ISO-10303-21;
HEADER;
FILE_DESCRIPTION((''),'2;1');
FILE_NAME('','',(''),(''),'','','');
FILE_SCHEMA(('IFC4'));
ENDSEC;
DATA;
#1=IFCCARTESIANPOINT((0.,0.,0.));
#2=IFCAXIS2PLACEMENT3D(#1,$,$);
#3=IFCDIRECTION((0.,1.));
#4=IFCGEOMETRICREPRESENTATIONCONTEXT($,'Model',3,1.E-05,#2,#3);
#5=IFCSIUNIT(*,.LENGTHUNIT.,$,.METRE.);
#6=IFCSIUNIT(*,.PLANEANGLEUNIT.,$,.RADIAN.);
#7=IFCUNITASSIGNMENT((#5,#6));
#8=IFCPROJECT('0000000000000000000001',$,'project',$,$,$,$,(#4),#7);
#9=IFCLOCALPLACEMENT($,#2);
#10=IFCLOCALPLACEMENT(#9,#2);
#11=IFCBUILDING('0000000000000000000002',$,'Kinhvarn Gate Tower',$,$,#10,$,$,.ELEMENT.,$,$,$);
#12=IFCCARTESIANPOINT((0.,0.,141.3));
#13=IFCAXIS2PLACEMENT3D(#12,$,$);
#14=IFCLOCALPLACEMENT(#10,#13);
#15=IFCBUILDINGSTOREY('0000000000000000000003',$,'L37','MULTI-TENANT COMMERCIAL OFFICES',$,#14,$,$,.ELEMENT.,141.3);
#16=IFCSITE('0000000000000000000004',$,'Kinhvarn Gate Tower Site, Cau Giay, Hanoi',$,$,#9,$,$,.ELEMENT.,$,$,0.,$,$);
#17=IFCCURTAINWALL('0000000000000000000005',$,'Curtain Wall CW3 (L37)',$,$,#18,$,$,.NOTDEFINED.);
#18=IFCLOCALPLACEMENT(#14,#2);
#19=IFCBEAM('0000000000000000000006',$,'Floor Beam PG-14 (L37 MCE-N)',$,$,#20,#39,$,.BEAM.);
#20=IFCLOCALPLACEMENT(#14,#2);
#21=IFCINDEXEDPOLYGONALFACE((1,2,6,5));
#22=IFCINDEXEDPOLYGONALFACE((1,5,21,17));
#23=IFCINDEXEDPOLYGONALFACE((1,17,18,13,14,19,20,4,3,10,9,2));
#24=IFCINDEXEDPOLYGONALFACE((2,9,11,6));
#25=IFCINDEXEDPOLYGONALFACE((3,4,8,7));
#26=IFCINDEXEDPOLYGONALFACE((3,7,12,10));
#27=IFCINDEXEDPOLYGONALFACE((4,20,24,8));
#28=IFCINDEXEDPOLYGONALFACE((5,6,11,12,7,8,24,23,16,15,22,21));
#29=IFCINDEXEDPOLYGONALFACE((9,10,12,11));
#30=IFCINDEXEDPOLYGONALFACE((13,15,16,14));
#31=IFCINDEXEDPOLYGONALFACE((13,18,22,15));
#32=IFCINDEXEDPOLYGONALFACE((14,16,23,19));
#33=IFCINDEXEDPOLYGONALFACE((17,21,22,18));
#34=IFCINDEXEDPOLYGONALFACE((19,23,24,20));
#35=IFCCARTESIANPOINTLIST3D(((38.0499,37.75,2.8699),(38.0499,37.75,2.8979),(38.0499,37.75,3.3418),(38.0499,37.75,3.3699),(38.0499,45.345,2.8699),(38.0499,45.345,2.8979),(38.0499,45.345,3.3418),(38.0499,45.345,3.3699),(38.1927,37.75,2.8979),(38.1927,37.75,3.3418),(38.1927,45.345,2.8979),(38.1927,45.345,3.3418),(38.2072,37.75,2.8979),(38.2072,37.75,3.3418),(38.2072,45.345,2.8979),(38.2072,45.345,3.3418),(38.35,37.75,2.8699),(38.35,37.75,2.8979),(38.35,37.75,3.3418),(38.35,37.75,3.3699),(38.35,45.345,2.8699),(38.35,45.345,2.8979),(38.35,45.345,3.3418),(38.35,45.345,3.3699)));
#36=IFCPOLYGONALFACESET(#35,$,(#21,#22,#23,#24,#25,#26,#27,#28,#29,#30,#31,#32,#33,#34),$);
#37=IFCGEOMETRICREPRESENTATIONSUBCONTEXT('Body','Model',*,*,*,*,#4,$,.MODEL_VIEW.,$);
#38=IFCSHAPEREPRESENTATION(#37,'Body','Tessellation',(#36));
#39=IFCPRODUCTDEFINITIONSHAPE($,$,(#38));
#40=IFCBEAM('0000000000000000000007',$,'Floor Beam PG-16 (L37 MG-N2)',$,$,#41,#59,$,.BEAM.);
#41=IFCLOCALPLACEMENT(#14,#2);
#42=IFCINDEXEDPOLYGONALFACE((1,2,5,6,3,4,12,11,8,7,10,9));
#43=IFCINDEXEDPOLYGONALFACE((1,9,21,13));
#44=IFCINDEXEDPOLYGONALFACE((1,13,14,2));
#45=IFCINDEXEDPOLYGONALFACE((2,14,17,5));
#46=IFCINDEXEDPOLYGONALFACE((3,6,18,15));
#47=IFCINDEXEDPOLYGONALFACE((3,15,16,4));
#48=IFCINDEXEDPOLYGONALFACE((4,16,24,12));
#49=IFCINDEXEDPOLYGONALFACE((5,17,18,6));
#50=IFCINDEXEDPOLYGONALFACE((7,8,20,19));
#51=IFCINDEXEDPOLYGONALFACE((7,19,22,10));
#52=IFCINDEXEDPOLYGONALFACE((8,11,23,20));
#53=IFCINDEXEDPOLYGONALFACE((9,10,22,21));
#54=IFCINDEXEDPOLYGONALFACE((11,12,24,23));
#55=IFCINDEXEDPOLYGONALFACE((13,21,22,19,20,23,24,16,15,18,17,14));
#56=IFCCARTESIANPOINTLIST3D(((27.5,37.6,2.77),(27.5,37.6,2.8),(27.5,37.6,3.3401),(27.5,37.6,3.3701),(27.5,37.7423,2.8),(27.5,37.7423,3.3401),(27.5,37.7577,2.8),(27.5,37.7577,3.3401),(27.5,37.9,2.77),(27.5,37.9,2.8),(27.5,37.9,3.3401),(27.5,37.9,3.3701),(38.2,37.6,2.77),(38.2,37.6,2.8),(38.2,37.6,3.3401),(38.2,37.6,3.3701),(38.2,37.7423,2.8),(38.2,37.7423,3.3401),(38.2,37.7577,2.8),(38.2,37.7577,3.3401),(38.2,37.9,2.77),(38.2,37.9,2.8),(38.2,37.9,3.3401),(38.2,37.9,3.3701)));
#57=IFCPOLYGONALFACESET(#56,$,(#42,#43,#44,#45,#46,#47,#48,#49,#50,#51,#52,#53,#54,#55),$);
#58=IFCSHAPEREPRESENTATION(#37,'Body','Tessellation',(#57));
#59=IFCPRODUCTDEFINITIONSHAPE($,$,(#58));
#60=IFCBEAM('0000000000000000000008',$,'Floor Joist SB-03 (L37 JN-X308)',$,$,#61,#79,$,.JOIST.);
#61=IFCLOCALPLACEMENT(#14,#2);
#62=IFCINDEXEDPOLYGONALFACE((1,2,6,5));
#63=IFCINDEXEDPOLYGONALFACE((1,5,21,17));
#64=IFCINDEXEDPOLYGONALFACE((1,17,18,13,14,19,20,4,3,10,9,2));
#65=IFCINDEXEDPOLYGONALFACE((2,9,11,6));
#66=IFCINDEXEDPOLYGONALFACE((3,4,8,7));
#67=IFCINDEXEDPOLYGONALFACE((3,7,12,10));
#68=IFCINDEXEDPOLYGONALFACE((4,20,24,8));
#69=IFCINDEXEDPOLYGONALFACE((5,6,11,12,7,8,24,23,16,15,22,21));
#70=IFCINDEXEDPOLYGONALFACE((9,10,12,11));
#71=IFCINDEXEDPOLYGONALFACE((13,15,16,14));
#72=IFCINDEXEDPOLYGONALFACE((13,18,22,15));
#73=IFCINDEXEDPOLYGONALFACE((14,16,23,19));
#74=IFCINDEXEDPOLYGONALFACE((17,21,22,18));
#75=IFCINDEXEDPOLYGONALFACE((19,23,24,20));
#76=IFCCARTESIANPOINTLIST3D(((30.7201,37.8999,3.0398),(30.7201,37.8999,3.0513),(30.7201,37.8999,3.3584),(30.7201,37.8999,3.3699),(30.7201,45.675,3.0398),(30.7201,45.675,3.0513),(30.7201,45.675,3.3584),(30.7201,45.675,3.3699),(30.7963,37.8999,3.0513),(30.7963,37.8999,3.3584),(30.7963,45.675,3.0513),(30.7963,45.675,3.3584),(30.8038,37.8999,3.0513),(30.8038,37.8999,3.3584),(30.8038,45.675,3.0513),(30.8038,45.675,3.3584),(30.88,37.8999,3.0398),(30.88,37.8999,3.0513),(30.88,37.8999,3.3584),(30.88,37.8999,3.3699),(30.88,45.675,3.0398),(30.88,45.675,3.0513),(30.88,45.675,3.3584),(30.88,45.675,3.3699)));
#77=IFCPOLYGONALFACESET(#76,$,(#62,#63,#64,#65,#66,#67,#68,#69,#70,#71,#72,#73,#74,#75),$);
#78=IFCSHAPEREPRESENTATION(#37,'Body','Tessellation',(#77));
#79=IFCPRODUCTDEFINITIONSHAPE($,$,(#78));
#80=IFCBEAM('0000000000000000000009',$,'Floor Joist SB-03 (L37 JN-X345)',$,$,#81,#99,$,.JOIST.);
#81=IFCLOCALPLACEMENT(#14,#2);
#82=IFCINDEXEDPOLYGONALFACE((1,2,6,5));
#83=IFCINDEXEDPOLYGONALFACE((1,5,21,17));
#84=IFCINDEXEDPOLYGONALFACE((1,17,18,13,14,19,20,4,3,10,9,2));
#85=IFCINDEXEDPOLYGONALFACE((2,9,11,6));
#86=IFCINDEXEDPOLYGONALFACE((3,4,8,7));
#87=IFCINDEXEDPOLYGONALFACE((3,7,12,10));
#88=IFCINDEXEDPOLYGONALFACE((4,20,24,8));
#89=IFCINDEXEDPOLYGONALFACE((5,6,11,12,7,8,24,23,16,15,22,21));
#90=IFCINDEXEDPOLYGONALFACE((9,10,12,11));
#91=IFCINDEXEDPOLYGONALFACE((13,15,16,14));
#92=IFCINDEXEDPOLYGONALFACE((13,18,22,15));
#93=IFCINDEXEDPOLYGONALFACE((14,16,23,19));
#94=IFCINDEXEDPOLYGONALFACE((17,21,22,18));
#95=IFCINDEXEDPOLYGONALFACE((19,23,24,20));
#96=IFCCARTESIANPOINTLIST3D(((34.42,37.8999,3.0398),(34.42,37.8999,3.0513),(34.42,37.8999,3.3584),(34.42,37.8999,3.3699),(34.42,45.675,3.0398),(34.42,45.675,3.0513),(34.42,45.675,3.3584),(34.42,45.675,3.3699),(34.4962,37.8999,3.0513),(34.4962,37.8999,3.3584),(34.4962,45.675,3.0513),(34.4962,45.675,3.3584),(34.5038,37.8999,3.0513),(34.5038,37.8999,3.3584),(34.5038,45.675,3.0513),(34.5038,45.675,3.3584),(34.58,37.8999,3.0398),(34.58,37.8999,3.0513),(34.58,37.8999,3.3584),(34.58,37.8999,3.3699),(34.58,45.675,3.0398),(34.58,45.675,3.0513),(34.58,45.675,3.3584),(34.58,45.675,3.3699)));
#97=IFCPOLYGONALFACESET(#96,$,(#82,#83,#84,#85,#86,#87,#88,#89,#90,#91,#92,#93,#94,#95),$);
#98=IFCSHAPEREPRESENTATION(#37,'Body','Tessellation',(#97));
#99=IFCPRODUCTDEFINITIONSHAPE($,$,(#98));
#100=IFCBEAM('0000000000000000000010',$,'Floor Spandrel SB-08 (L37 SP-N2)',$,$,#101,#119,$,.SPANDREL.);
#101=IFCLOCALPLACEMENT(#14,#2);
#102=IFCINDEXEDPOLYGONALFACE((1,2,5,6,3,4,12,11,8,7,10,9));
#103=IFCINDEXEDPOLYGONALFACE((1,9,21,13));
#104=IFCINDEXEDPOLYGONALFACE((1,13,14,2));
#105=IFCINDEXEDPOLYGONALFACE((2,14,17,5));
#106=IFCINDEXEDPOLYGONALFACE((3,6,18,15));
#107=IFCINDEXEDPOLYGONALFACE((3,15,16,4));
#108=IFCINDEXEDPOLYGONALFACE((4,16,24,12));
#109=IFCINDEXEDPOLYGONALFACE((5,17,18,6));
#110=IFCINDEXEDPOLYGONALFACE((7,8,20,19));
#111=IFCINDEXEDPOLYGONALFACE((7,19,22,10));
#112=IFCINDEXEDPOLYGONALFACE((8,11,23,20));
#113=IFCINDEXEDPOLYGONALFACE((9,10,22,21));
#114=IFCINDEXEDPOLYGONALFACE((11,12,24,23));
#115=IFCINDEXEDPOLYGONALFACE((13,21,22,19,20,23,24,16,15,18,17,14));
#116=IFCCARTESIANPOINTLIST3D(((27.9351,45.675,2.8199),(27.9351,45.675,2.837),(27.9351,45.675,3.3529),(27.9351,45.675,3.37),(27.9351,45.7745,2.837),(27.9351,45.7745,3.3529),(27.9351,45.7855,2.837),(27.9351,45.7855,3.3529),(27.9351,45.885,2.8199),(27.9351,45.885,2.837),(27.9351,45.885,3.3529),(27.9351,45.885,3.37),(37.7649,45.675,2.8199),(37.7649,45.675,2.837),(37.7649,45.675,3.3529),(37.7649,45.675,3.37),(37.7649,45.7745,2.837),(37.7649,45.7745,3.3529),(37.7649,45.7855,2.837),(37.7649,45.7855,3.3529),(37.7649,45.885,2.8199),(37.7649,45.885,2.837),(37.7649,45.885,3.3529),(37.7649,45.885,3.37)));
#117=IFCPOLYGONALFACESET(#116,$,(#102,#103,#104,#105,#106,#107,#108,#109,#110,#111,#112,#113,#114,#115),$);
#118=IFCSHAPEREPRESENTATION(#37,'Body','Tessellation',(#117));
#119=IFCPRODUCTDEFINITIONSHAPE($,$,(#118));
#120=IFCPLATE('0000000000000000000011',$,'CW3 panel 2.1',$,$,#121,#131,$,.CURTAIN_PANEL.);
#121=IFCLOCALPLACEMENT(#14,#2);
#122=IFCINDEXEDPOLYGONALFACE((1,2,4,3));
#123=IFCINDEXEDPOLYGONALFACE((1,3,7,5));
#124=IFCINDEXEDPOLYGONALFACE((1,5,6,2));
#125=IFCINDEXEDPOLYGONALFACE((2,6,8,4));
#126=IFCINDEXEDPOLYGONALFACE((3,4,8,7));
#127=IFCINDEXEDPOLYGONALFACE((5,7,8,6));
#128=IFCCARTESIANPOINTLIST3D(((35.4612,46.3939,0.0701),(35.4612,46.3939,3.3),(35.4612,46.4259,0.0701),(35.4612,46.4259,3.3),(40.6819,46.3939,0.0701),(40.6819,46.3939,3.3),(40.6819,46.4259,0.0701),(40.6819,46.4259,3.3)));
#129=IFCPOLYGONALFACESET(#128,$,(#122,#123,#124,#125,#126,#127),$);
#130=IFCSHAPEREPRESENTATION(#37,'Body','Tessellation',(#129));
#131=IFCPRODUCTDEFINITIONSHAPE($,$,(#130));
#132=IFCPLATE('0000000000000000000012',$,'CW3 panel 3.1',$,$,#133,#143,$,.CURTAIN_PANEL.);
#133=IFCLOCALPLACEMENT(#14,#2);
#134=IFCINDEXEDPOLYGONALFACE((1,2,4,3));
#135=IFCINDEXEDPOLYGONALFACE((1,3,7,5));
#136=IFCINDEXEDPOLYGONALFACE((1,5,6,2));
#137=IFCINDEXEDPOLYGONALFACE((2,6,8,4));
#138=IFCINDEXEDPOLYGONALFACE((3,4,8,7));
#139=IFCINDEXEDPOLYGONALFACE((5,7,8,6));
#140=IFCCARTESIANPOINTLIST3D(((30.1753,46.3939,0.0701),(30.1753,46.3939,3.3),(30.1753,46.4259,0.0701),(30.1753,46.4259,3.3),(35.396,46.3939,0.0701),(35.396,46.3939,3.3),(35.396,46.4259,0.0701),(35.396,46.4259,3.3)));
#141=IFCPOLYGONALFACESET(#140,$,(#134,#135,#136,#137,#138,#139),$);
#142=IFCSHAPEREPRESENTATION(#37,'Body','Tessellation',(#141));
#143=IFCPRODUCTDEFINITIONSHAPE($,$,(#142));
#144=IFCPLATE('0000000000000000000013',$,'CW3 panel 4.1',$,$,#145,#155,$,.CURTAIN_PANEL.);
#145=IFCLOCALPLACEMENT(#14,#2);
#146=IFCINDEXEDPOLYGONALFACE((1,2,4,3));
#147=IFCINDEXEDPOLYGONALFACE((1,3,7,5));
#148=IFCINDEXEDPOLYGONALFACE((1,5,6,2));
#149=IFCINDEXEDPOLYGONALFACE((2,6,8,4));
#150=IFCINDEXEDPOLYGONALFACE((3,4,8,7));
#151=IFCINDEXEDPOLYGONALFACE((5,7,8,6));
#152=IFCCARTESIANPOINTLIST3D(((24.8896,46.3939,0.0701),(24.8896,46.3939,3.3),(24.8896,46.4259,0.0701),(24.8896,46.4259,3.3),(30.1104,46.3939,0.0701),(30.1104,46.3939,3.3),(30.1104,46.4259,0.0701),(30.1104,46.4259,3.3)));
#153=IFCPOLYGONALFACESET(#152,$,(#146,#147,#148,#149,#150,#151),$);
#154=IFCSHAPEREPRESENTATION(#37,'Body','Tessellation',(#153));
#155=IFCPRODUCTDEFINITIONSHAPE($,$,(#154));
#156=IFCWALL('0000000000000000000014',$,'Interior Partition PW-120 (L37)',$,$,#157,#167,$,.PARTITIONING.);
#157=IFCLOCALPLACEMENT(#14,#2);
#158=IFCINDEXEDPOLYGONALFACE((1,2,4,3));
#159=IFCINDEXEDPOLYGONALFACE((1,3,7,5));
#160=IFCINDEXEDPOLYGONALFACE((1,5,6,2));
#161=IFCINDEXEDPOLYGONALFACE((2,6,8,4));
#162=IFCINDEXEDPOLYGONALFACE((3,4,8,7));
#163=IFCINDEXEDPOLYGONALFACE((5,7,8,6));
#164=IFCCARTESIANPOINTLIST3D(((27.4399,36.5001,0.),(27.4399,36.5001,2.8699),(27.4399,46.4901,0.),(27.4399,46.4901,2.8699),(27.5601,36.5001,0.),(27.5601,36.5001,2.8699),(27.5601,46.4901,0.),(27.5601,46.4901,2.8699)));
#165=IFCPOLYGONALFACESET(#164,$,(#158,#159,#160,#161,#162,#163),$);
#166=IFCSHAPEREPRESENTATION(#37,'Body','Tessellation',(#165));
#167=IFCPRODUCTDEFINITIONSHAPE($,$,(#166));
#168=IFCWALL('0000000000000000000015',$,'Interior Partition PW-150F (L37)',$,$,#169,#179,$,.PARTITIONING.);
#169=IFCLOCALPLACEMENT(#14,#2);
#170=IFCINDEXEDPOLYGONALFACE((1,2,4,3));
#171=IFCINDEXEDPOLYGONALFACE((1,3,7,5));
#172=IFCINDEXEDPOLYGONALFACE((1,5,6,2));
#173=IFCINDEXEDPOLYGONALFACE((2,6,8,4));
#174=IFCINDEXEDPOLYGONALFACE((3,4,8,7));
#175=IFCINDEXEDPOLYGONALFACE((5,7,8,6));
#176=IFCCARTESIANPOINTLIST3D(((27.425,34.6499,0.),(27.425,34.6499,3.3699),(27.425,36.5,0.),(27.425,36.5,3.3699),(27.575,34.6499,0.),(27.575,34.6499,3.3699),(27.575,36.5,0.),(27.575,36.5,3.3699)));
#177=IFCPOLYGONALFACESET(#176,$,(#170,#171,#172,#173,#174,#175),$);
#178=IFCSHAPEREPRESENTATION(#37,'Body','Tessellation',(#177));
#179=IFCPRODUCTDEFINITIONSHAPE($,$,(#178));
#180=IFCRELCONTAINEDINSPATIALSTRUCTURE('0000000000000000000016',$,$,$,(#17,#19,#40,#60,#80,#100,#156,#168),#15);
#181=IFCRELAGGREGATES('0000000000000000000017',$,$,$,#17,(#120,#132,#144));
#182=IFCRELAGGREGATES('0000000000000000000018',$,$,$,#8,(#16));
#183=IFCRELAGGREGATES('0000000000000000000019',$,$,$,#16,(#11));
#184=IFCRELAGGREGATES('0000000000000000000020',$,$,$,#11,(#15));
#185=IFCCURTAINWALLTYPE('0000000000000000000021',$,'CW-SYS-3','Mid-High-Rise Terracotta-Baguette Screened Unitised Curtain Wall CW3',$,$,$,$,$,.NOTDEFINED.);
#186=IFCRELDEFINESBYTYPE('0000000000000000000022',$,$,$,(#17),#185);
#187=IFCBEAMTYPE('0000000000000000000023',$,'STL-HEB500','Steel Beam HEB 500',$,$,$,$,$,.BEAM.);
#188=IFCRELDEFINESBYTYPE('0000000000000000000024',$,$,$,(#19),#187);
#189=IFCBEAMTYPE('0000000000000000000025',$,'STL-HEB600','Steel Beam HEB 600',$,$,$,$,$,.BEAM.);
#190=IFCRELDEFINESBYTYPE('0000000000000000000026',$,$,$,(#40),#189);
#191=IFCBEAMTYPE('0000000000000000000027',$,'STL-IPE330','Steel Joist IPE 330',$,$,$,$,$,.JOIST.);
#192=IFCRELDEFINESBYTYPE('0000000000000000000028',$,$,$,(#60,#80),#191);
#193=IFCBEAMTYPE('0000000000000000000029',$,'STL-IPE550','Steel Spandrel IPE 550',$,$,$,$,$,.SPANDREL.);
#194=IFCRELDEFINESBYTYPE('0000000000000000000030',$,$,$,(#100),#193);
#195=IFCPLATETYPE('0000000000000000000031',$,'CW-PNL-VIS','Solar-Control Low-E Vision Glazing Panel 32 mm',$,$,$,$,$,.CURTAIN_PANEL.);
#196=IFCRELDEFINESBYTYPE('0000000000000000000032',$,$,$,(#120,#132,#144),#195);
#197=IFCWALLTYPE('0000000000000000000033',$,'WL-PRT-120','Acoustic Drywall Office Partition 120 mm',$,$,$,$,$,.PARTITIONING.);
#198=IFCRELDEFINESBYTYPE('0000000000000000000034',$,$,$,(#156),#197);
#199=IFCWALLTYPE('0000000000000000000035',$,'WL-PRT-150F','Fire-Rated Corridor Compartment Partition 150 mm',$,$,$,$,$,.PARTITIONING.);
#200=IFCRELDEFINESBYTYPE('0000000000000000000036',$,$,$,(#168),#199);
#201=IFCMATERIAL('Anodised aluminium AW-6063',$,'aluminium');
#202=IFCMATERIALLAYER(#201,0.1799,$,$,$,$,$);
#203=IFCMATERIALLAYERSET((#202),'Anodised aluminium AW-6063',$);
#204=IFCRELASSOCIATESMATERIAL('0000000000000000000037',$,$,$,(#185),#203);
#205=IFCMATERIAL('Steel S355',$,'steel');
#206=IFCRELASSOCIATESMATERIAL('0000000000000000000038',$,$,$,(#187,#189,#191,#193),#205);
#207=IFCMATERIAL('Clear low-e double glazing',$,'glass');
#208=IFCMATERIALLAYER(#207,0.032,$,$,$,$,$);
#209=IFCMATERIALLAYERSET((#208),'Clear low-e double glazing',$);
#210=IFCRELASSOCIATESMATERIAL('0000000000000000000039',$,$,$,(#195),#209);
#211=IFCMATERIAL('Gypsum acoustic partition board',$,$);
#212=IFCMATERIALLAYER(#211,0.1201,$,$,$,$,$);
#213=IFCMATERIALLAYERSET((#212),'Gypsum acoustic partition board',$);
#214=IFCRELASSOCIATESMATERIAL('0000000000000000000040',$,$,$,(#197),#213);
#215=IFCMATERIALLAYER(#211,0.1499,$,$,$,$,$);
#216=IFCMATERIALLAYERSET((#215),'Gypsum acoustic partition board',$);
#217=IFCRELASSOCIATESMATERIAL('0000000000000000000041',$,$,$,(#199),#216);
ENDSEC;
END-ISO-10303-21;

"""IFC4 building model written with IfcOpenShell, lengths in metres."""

from ifc_helpers import new_model, si_unit, direction, frame, frame_2d, origin, origin_2d, place, context, subcontext, project, spatial, rectangle, i_section, extrude, material, layer, layer_set, material_profile, profile_set, type_object, element, aggregate, save


model = new_model("IFC4")

# Units and contexts
model_context = context("Model", 3, precision=1e-05, world=origin(), true_north=direction((0.0, 1.0)))
body_context = subcontext(model_context, "Body", "Model", "MODEL_VIEW")
ifc_project = project(units=[si_unit("LENGTHUNIT", "METRE"), si_unit("PLANEANGLEUNIT", "RADIAN")], contexts=[model_context])

# Site, building, storey
site_placement = place(None, origin())
site = spatial("IfcSite", under=ifc_project, at=site_placement, Name="Kinhvarn Gate Tower Site, Cau Giay, Hanoi", CompositionType="ELEMENT", RefElevation=0.0)
building_placement = place(site_placement, origin())
building = spatial("IfcBuilding", under=site, at=building_placement, Name="Kinhvarn Gate Tower", CompositionType="ELEMENT")
storey_placement = place(building_placement, frame((0.0, 0.0, 141.3)))
storey = spatial("IfcBuildingStorey", under=building, at=storey_placement, Name="L37", Description="MULTI-TENANT COMMERCIAL OFFICES", CompositionType="ELEMENT", Elevation=141.3)

# Curtain wall
ifc_material_1 = material(Name="Anodised aluminium AW-6063", Category="aluminium")
ifc_layer_1 = layer(ifc_material_1, 0.1799)
ifc_layer_set_1 = layer_set([ifc_layer_1], Name="Anodised aluminium AW-6063")
curtain_wall_type = type_object("IfcCurtainWallType", Name="CW-SYS-3", Description="Mid-High-Rise Terracotta-Baguette Screened Unitised Curtain Wall CW3", PredefinedType="NOTDEFINED", material=ifc_layer_set_1)
curtain_wall_placement = place(storey_placement, origin())
curtain_wall = element("IfcCurtainWall", 1, at=curtain_wall_placement, inside=storey, type_object=curtain_wall_type, Name="Curtain Wall CW3 (L37)", PredefinedType="NOTDEFINED")

# Beams
ifc_material_2 = material(Name="Steel S355", Category="steel")
ifc_material_profile_1 = material_profile(ifc_material_2, i_section(OverallWidth=0.3, OverallDepth=0.5, WebThickness=0.0144, FlangeThickness=0.0281, at=origin_2d()), Name="HEB 500")
ifc_profile_set_1 = profile_set([ifc_material_profile_1], Name="Steel S355")
beam_type_1 = type_object("IfcBeamType", Name="STL-HEB500", Description="Steel Beam HEB 500", PredefinedType="BEAM", material=ifc_profile_set_1)
for number, where, z_axis, x_axis, name in (
    (2, (38.2, 37.75, 3.1199), (0.0, 1.0, 0.0), (-1.0, 0.0, 0.0), "Floor Beam PG-14 (L37 MCE-N)"),
):
    element("IfcBeam", number, at=place(storey_placement, frame(where, z_axis=z_axis, x_axis=x_axis)), inside=storey, type_object=beam_type_1, Name=name, PredefinedType="BEAM", context=body_context, shape_type="SweptSolid", body=[
        extrude(i_section(OverallWidth=0.3, OverallDepth=0.5, WebThickness=0.0144, FlangeThickness=0.0281, at=origin_2d()), origin(), (0.0, 0.0, 1.0), 7.595),
    ])
ifc_material_profile_2 = material_profile(ifc_material_2, i_section(OverallWidth=0.3, OverallDepth=0.6001, WebThickness=0.0154, FlangeThickness=0.03, at=origin_2d()), Name="HEB 600")
ifc_profile_set_2 = profile_set([ifc_material_profile_2], Name="Steel S355")
beam_type_2 = type_object("IfcBeamType", Name="STL-HEB600", Description="Steel Beam HEB 600", PredefinedType="BEAM", material=ifc_profile_set_2)
beam_1_placement = place(storey_placement, frame((27.5, 37.75, 3.0701), z_axis=(1.0, 0.0, 0.0), x_axis=(0.0, 1.0, 0.0)))
element("IfcBeam", 3, at=beam_1_placement, inside=storey, type_object=beam_type_2, Name="Floor Beam PG-16 (L37 MG-N2)", PredefinedType="BEAM", context=body_context, shape_type="SweptSolid", body=[
    extrude(i_section(OverallWidth=0.3, OverallDepth=0.6001, WebThickness=0.0154, FlangeThickness=0.03, at=origin_2d()), origin(), (0.0, 0.0, 1.0), 10.7),
])
ifc_material_profile_3 = material_profile(ifc_material_2, i_section(OverallWidth=0.1599, OverallDepth=0.3301, WebThickness=0.0076, FlangeThickness=0.0115, at=origin_2d()), Name="IPE 330")
ifc_profile_set_3 = profile_set([ifc_material_profile_3], Name="Steel S355")
beam_type_3 = type_object("IfcBeamType", Name="STL-IPE330", Description="Steel Joist IPE 330", PredefinedType="JOIST", material=ifc_profile_set_3)
for number, where, z_axis, x_axis, name in (
    (4, (30.8, 37.8999, 3.2048), (0.0, 1.0, 0.0), (-1.0, 0.0, 0.0), "Floor Joist SB-03 (L37 JN-X308)"),
    (5, (34.5, 37.8999, 3.2048), (0.0, 1.0, 0.0), (-1.0, 0.0, 0.0), "Floor Joist SB-03 (L37 JN-X345)"),
):
    element("IfcBeam", number, at=place(storey_placement, frame(where, z_axis=z_axis, x_axis=x_axis)), inside=storey, type_object=beam_type_3, Name=name, PredefinedType="JOIST", context=body_context, shape_type="SweptSolid", body=[
        extrude(i_section(OverallWidth=0.1599, OverallDepth=0.3301, WebThickness=0.0076, FlangeThickness=0.0115, at=origin_2d()), origin(), (0.0, 0.0, 1.0), 7.7751),
    ])
ifc_material_profile_4 = material_profile(ifc_material_2, i_section(OverallWidth=0.21, OverallDepth=0.55, WebThickness=0.011, FlangeThickness=0.0171, at=origin_2d()), Name="IPE 550")
ifc_profile_set_4 = profile_set([ifc_material_profile_4], Name="Steel S355")
beam_type_4 = type_object("IfcBeamType", Name="STL-IPE550", Description="Steel Spandrel IPE 550", PredefinedType="SPANDREL", material=ifc_profile_set_4)
beam_2_placement = place(storey_placement, frame((27.9351, 45.78, 3.095), z_axis=(1.0, 0.0, 0.0), x_axis=(0.0, 1.0, 0.0)))
element("IfcBeam", 6, at=beam_2_placement, inside=storey, type_object=beam_type_4, Name="Floor Spandrel SB-08 (L37 SP-N2)", PredefinedType="SPANDREL", context=body_context, shape_type="SweptSolid", body=[
    extrude(i_section(OverallWidth=0.21, OverallDepth=0.55, WebThickness=0.011, FlangeThickness=0.0171, at=origin_2d()), origin(), (0.0, 0.0, 1.0), 9.8298),
])

# Plates
ifc_material_3 = material(Name="Clear low-e double glazing", Category="glass")
ifc_layer_2 = layer(ifc_material_3, 0.032)
ifc_layer_set_2 = layer_set([ifc_layer_2], Name="Clear low-e double glazing")
plate_type = type_object("IfcPlateType", Name="CW-PNL-VIS", Description="Solar-Control Low-E Vision Glazing Panel 32 mm", PredefinedType="CURTAIN_PANEL", material=ifc_layer_set_2)
plate_1_placement = place(storey_placement, frame((38.0715, 46.4099, 0.0701), z_axis=(0.0, 0.0, 1.0), x_axis=(-1.0, 0.0, 0.0)))
plate_1 = element("IfcPlate", 7, at=plate_1_placement, type_object=plate_type, Name="CW3 panel 2.1", PredefinedType="CURTAIN_PANEL", context=body_context, shape_type="SweptSolid", body=[
    extrude(rectangle(XDim=5.2207, YDim=0.032, at=origin_2d()), origin(), (0.0, 0.0, 1.0), 3.23),
])
plate_2_placement = place(storey_placement, frame((32.7856, 46.4099, 0.0701), z_axis=(0.0, 0.0, 1.0), x_axis=(-1.0, 0.0, 0.0)))
plate_2 = element("IfcPlate", 8, at=plate_2_placement, type_object=plate_type, Name="CW3 panel 3.1", PredefinedType="CURTAIN_PANEL", context=body_context, shape_type="SweptSolid", body=[
    extrude(rectangle(XDim=5.2207, YDim=0.032, at=origin_2d()), origin(), (0.0, 0.0, 1.0), 3.23),
])
plate_3_placement = place(storey_placement, frame((27.5, 46.4099, 0.0701), z_axis=(0.0, 0.0, 1.0), x_axis=(-1.0, 0.0, 0.0)))
plate_3 = element("IfcPlate", 9, at=plate_3_placement, type_object=plate_type, Name="CW3 panel 4.1", PredefinedType="CURTAIN_PANEL", context=body_context, shape_type="SweptSolid", body=[
    extrude(rectangle(XDim=5.2207, YDim=0.032, at=origin_2d()), origin(), (0.0, 0.0, 1.0), 3.23),
])
aggregate(curtain_wall, [plate_1, plate_2, plate_3])

# Walls
ifc_material_4 = material(Name="Gypsum acoustic partition board")
ifc_layer_3 = layer(ifc_material_4, 0.1201)
ifc_layer_set_3 = layer_set([ifc_layer_3], Name="Gypsum acoustic partition board")
wall_type_1 = type_object("IfcWallType", Name="WL-PRT-120", Description="Acoustic Drywall Office Partition 120 mm", PredefinedType="PARTITIONING", material=ifc_layer_set_3)
wall_1_placement = place(storey_placement, frame((27.5, 36.5, 0.0), z_axis=(0.0, 0.0, 1.0), x_axis=(0.0, 1.0, 0.0)))
element("IfcWall", 10, at=wall_1_placement, inside=storey, type_object=wall_type_1, Name="Interior Partition PW-120 (L37)", PredefinedType="PARTITIONING", context=body_context, shape_type="SweptSolid", body=[
    extrude(rectangle(XDim=9.99, YDim=0.1201, at=frame_2d((4.9951, 0.0))), origin(), (0.0, 0.0, 1.0), 2.8699),
])
ifc_layer_4 = layer(ifc_material_4, 0.1499)
ifc_layer_set_4 = layer_set([ifc_layer_4], Name="Gypsum acoustic partition board")
wall_type_2 = type_object("IfcWallType", Name="WL-PRT-150F", Description="Fire-Rated Corridor Compartment Partition 150 mm", PredefinedType="PARTITIONING", material=ifc_layer_set_4)
wall_2_placement = place(storey_placement, frame((27.5, 34.6499, 0.0), z_axis=(0.0, 0.0, 1.0), x_axis=(0.0, 1.0, 0.0)))
element("IfcWall", 11, at=wall_2_placement, inside=storey, type_object=wall_type_2, Name="Interior Partition PW-150F (L37)", PredefinedType="PARTITIONING", context=body_context, shape_type="SweptSolid", body=[
    extrude(rectangle(XDim=1.8501, YDim=0.1499, at=frame_2d((0.925, 0.0))), origin(), (0.0, 0.0, 1.0), 3.3699),
])

save(model, "model.ifc")
